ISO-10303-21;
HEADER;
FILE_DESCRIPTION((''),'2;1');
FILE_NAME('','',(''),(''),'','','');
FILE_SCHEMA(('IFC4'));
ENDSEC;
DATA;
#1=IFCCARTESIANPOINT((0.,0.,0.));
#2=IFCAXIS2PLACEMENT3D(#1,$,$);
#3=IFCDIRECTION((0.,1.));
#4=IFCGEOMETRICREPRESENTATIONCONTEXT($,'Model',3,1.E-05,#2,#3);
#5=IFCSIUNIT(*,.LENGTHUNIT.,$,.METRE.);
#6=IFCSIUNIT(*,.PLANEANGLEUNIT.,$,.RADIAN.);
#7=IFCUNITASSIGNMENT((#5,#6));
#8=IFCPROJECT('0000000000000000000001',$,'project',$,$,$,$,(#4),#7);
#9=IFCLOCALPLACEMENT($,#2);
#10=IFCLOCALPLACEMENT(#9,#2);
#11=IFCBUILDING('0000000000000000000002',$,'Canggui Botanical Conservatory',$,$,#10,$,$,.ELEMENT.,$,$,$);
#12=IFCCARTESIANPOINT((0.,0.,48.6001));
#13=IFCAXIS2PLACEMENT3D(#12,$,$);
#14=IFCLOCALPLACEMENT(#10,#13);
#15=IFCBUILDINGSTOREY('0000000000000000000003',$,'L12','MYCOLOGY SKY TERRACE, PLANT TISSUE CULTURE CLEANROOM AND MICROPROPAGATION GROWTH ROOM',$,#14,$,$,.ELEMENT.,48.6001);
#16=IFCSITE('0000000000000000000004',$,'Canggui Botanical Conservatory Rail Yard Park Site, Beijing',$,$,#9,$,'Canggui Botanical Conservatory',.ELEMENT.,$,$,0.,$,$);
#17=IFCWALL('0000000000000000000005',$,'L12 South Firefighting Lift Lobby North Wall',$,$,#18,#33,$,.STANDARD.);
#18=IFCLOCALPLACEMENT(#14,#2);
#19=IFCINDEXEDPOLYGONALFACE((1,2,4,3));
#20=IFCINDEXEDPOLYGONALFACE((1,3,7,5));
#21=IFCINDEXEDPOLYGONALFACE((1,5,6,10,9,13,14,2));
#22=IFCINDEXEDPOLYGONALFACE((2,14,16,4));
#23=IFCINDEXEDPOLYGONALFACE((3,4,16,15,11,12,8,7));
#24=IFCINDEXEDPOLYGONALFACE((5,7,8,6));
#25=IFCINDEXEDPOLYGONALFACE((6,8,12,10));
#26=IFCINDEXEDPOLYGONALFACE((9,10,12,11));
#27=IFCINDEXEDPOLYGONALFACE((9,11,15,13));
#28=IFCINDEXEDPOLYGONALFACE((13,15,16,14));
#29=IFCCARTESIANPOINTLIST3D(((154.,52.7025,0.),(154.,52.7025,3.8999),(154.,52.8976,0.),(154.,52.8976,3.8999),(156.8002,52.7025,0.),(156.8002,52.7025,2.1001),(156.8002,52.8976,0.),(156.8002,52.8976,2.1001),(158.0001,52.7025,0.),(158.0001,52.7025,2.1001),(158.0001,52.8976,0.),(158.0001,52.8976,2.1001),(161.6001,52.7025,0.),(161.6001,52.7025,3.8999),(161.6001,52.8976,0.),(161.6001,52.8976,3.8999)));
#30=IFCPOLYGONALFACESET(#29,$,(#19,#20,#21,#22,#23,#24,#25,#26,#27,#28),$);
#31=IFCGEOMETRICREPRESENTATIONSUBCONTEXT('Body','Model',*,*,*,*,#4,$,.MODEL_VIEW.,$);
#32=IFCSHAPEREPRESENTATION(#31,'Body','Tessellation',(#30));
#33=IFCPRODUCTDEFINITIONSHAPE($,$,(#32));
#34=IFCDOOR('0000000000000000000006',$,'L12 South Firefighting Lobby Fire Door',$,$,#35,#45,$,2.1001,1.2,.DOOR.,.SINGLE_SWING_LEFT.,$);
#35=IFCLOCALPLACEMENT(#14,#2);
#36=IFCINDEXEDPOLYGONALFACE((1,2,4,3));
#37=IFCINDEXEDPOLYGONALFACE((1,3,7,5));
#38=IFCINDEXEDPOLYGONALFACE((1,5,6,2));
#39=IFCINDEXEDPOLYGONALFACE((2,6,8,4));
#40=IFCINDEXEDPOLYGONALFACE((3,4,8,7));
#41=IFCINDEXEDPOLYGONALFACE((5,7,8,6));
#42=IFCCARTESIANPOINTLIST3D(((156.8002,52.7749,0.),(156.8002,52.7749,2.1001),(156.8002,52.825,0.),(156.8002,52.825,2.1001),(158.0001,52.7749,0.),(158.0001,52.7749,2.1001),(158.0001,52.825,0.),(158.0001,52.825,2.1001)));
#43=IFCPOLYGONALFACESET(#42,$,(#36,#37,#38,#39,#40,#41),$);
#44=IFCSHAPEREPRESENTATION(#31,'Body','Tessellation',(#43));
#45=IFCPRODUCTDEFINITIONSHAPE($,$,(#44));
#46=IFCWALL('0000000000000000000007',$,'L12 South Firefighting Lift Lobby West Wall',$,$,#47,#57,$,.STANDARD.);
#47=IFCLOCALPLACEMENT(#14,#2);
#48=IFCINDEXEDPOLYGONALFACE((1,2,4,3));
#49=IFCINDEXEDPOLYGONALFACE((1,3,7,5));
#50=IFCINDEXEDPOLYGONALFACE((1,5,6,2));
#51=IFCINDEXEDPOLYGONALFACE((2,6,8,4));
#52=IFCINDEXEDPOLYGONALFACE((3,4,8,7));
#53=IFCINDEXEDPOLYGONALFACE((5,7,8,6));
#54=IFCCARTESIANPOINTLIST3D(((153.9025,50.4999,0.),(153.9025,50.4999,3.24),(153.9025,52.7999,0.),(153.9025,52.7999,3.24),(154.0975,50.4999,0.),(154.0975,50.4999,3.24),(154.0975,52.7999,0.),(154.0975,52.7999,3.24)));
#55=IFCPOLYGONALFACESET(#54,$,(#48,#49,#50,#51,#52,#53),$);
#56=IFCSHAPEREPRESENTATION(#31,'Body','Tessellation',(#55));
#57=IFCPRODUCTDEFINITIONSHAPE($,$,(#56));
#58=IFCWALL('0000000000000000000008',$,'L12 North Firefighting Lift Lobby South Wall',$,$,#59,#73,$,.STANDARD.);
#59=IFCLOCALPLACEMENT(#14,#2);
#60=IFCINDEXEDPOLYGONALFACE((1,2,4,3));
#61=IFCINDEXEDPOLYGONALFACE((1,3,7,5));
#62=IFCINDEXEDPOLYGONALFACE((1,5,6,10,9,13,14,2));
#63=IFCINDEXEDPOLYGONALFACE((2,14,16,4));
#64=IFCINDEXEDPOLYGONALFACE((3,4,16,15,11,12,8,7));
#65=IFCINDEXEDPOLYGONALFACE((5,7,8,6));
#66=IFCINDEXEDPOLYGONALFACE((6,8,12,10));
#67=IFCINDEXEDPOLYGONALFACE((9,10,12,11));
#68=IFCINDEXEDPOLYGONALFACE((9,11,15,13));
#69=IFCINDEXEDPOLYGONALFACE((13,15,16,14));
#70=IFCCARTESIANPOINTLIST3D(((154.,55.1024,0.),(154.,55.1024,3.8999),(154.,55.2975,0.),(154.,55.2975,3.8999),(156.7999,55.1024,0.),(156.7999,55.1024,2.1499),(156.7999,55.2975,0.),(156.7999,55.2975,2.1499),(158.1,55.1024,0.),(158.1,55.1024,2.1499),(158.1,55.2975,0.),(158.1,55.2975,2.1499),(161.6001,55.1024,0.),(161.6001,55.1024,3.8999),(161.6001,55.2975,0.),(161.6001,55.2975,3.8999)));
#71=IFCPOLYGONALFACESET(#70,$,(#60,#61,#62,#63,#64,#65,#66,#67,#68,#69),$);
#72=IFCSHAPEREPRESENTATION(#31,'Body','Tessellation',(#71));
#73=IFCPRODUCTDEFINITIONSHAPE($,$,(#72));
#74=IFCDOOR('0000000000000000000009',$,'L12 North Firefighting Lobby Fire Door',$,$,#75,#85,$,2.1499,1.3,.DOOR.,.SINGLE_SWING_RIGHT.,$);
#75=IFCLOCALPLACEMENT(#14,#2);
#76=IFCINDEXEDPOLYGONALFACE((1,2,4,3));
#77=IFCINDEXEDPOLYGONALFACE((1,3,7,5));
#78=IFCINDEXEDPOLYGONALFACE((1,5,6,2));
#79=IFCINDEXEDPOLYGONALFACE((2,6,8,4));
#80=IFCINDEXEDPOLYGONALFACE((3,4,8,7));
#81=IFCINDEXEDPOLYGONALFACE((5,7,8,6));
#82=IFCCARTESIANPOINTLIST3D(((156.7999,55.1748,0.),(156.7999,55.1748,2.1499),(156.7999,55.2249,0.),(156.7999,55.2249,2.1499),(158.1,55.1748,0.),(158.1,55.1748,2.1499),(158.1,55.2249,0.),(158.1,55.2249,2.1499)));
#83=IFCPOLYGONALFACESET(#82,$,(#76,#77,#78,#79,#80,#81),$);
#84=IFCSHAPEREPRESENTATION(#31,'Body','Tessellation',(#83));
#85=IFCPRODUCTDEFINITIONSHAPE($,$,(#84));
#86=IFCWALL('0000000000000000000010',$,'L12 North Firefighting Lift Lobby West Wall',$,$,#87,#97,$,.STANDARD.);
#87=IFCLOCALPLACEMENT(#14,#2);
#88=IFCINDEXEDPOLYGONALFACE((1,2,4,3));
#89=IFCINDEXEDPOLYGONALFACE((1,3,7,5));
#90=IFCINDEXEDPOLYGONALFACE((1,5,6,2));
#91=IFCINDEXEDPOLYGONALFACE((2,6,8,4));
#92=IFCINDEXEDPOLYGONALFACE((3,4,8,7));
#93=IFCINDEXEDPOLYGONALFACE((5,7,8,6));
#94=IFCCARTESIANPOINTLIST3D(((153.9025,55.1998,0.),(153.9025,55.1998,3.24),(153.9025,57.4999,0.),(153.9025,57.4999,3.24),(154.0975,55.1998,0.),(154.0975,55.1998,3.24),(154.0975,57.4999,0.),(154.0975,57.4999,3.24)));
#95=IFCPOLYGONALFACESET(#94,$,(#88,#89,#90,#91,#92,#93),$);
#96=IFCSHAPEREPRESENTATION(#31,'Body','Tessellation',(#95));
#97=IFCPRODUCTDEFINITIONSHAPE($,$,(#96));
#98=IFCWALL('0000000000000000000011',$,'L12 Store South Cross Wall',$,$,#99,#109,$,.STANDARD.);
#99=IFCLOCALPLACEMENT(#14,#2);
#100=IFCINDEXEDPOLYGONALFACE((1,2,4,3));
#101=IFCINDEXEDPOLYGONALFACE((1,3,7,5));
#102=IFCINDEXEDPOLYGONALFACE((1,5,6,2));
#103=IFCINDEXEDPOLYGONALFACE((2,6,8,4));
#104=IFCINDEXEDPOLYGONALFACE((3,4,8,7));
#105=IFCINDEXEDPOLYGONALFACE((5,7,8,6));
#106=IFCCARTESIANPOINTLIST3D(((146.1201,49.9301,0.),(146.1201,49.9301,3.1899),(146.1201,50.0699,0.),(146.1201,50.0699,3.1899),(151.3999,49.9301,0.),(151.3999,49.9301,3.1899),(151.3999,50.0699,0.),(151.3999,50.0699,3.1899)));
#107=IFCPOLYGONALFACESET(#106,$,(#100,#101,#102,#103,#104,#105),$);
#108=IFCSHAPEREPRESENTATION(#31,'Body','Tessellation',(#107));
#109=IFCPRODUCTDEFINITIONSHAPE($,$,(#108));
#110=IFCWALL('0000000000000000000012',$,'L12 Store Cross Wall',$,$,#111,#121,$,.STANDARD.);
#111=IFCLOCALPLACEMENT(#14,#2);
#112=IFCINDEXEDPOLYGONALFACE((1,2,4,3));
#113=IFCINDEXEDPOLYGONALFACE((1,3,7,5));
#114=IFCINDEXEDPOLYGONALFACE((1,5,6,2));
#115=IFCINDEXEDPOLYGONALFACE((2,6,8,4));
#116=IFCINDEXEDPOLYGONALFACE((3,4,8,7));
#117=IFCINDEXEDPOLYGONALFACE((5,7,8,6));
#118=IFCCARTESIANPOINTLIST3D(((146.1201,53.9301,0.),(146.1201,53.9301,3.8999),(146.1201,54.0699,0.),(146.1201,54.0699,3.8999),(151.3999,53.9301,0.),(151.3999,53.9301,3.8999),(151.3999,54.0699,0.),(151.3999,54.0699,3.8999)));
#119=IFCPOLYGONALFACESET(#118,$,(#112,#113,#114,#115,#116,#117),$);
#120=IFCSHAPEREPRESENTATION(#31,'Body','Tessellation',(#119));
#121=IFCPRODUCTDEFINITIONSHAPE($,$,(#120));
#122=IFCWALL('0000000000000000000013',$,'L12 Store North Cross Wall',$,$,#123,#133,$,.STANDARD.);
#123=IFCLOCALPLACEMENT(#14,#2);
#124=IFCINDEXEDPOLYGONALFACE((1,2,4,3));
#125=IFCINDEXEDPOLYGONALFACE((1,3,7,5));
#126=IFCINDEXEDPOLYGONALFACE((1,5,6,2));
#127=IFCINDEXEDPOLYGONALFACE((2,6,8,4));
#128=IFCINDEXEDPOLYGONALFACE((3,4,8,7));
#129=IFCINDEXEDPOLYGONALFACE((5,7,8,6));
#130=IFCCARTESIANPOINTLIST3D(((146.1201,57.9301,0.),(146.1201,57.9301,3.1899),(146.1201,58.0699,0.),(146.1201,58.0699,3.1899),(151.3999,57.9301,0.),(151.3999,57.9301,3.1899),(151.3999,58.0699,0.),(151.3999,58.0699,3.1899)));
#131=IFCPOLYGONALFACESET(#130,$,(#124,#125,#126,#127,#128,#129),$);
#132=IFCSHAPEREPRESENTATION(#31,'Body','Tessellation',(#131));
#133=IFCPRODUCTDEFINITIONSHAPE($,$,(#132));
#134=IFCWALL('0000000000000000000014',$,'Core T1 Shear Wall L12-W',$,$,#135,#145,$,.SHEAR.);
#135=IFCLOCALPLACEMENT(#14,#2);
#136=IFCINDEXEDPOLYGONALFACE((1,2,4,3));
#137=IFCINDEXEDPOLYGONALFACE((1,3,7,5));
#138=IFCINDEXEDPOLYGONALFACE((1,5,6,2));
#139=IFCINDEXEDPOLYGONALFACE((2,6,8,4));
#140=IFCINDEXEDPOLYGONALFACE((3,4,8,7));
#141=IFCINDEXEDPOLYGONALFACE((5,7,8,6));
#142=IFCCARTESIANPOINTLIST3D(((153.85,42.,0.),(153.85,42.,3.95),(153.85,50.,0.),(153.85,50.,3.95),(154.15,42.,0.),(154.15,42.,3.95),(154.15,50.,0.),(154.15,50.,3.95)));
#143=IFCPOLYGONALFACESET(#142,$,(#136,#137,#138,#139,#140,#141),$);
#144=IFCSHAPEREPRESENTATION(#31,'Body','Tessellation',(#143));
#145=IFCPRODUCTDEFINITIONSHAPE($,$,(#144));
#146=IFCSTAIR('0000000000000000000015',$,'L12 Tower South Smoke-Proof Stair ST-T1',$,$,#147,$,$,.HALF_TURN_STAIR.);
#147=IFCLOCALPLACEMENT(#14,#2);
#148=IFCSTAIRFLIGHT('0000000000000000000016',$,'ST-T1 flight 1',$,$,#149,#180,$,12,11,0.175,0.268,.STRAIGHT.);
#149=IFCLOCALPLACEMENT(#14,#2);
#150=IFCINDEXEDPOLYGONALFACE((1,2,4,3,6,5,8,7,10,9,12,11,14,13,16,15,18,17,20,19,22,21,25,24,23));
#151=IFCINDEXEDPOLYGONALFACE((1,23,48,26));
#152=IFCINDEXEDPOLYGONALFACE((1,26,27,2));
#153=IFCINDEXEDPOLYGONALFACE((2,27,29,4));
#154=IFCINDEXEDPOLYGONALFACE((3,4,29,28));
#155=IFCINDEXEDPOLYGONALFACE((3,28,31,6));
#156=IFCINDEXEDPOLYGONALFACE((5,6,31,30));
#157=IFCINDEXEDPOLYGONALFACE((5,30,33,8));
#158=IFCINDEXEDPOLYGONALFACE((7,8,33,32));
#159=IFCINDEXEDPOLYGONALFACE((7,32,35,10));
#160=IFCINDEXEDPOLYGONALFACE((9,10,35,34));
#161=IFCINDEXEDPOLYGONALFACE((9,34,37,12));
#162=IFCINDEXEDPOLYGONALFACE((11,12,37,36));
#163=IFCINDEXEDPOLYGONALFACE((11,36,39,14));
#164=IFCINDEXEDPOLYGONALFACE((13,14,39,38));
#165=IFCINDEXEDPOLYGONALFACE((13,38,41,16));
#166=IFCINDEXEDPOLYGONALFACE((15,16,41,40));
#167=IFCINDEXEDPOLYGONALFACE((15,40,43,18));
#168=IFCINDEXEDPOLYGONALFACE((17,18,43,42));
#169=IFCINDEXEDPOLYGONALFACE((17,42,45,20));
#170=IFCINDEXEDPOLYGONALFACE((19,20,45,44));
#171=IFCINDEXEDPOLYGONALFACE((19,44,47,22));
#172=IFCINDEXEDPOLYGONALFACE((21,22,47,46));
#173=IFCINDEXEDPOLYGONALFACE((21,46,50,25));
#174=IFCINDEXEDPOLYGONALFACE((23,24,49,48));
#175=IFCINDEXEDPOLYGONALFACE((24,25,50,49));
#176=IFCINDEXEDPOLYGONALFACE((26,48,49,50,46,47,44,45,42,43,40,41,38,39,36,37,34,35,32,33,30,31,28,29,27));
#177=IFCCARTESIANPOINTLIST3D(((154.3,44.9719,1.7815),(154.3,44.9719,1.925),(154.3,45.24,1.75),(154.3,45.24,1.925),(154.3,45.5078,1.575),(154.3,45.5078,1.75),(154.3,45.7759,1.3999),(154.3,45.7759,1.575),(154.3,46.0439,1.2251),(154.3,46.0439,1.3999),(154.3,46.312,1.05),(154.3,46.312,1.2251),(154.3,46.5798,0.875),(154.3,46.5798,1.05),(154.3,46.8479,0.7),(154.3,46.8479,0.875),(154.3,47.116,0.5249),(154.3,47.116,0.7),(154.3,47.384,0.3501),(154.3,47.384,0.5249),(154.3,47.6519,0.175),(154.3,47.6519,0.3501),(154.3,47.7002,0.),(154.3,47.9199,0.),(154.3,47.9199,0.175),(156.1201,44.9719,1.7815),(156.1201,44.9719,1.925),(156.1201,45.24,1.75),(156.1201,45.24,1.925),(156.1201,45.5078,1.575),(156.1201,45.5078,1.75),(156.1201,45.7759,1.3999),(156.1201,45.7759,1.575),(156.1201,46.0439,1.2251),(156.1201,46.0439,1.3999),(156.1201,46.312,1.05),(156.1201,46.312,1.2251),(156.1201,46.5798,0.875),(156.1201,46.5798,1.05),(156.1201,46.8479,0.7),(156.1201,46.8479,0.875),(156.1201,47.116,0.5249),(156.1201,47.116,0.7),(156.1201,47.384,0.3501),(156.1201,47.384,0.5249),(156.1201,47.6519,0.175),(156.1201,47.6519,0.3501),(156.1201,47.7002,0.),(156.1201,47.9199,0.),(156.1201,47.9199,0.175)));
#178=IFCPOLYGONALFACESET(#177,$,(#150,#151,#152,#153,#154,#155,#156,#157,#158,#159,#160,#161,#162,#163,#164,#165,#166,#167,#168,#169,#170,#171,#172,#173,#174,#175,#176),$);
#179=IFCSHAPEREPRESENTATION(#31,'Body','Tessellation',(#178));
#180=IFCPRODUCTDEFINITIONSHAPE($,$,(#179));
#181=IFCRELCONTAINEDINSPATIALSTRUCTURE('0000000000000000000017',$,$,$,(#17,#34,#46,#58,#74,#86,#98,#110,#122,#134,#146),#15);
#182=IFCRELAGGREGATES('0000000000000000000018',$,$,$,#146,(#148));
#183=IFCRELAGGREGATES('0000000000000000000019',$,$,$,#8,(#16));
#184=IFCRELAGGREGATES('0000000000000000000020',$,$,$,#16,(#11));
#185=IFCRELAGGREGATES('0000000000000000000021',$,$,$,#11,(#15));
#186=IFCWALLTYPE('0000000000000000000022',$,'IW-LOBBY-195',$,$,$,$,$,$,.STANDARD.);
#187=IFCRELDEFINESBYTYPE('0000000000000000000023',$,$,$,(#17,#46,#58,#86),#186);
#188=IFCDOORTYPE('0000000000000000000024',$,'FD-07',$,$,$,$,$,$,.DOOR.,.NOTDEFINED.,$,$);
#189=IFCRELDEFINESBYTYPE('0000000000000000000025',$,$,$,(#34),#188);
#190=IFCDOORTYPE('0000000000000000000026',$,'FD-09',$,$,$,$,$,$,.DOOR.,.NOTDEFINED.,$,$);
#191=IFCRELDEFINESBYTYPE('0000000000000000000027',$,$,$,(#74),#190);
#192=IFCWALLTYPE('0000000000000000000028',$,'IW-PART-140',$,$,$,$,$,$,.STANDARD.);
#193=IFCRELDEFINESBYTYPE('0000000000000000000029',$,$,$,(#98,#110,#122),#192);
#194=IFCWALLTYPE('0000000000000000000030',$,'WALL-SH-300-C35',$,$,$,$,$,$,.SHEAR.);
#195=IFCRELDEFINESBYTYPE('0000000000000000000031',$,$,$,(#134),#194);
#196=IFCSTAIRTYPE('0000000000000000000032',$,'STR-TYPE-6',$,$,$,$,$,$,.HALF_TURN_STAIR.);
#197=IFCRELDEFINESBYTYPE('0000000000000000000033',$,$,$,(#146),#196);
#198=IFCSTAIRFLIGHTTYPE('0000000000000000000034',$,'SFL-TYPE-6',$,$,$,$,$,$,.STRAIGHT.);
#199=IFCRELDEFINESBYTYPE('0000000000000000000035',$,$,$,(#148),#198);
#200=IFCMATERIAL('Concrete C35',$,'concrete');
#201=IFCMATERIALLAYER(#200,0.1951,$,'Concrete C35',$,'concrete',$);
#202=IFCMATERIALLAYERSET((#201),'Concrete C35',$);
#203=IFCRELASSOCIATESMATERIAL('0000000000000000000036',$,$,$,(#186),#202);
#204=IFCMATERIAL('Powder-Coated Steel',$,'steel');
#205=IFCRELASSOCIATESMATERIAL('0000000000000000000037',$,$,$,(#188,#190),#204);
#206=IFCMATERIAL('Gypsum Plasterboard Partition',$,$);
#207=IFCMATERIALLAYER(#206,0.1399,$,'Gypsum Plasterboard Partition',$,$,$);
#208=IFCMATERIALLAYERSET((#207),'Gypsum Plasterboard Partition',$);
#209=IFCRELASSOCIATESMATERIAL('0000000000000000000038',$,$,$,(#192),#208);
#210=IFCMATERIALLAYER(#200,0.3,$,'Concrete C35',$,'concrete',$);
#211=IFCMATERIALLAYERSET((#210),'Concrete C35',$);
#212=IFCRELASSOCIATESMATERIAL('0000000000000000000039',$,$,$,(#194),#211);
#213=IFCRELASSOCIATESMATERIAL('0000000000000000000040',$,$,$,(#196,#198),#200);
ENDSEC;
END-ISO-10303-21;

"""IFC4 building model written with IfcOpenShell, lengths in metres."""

from ifc_helpers import new_model, si_unit, direction, frame, frame_2d, origin, place, context, subcontext, project, spatial, polyline, rectangle, outline, extrude, material, layer, layer_set, type_object, element, fill, aggregate, save


model = new_model("IFC4")

# Units and contexts
model_context = context("Model", 3, precision=1e-05, world=origin(), true_north=direction((0.0, 1.0)))
body_context = subcontext(model_context, "Body", "Model", "MODEL_VIEW")
ifc_project = project(units=[si_unit("LENGTHUNIT", "METRE"), si_unit("PLANEANGLEUNIT", "RADIAN")], contexts=[model_context])

# Site, building, storey
site_placement = place(None, origin())
site = spatial("IfcSite", under=ifc_project, at=site_placement, Name="Canggui Botanical Conservatory Rail Yard Park Site, Beijing", LongName="Canggui Botanical Conservatory", CompositionType="ELEMENT", RefElevation=0.0)
building_placement = place(site_placement, origin())
building = spatial("IfcBuilding", under=site, at=building_placement, Name="Canggui Botanical Conservatory", CompositionType="ELEMENT")
storey_placement = place(building_placement, frame((0.0, 0.0, 48.6001)))
storey = spatial("IfcBuildingStorey", under=building, at=storey_placement, Name="L12", Description="MYCOLOGY SKY TERRACE, PLANT TISSUE CULTURE CLEANROOM AND MICROPROPAGATION GROWTH ROOM", CompositionType="ELEMENT", Elevation=48.6001)

# Shared definitions
ifc_material_1 = material(Name="Concrete C35", Category="concrete")

# Wall, opening, door
ifc_material_2 = material(Name="Gypsum Plasterboard Partition")
ifc_material_3 = material(Name="Powder-Coated Steel", Category="steel")
ifc_layer_1 = layer(ifc_material_1, 0.1951, Name="Concrete C35", Category="concrete")
ifc_layer_set_1 = layer_set([ifc_layer_1], Name="Concrete C35")
wall_type_1 = type_object("IfcWallType", Name="IW-LOBBY-195", PredefinedType="STANDARD", material=ifc_layer_set_1)
wall_1_placement = place(storey_placement, frame((154.0, 52.8, 0.0), z_axis=(0.0, 0.0, 1.0), x_axis=(1.0, 0.0, 0.0)))
wall_1 = element("IfcWall", 1, at=wall_1_placement, inside=storey, type_object=wall_type_1, Name="L12 South Firefighting Lift Lobby North Wall", PredefinedType="STANDARD", context=body_context, shape_type="SweptSolid", body=[
    extrude(rectangle(XDim=7.6001, YDim=0.1951, at=frame_2d((3.8, 0.0))), origin(), (0.0, 0.0, 1.0), 3.8999),
])
opening_1_placement = place(wall_1_placement, frame((2.8, 0.0, 0.0)))
opening_1 = element("IfcOpeningElement", 2, at=opening_1_placement, cuts=wall_1, PredefinedType="OPENING", context=body_context, shape_type="SweptSolid", body=[
    extrude(rectangle(XDim=1.2, YDim=2.1001, at=frame_2d((0.6001, 1.05))), frame((0.0, 0.1074, 0.0), z_axis=(0.0, -1.0, 0.0), x_axis=(1.0, 0.0, 0.0)), (0.0, 0.0, 1.0), 0.2151),
])
door_type_1 = type_object("IfcDoorType", Name="FD-07", OperationType="NOTDEFINED", PredefinedType="DOOR", material=ifc_material_3)
door_1_placement = place(opening_1_placement, origin())
door_1 = element("IfcDoor", 3, at=door_1_placement, inside=storey, type_object=door_type_1, Name="L12 South Firefighting Lobby Fire Door", OperationType="SINGLE_SWING_LEFT", OverallHeight=2.1001, OverallWidth=1.2, PredefinedType="DOOR", context=body_context, shape_type="SweptSolid", body=[
    extrude(rectangle(XDim=1.2, YDim=2.1001, at=frame_2d((0.6001, 1.05))), frame((0.0, 0.0249, 0.0), z_axis=(0.0, -1.0, 0.0), x_axis=(1.0, 0.0, 0.0)), (0.0, 0.0, 1.0), 0.05),
])
fill(opening_1, door_1)

# Wall
wall_2_placement = place(storey_placement, frame((154.0, 50.5, 0.0), z_axis=(0.0, 0.0, 1.0), x_axis=(0.0, 1.0, 0.0)))
element("IfcWall", 4, at=wall_2_placement, inside=storey, type_object=wall_type_1, Name="L12 South Firefighting Lift Lobby West Wall", PredefinedType="STANDARD", context=body_context, shape_type="SweptSolid", body=[
    extrude(rectangle(XDim=2.3, YDim=0.1951, at=frame_2d((1.1499, 0.0))), origin(), (0.0, 0.0, 1.0), 3.24),
])

# Wall, opening, door
wall_3_placement = place(storey_placement, frame((154.0, 55.2, 0.0), z_axis=(0.0, 0.0, 1.0), x_axis=(1.0, 0.0, 0.0)))
wall_3 = element("IfcWall", 5, at=wall_3_placement, inside=storey, type_object=wall_type_1, Name="L12 North Firefighting Lift Lobby South Wall", PredefinedType="STANDARD", context=body_context, shape_type="SweptSolid", body=[
    extrude(rectangle(XDim=7.6001, YDim=0.1951, at=frame_2d((3.8, 0.0))), origin(), (0.0, 0.0, 1.0), 3.8999),
])
opening_2_placement = place(wall_3_placement, frame((2.8, 0.0, 0.0)))
opening_2 = element("IfcOpeningElement", 6, at=opening_2_placement, cuts=wall_3, PredefinedType="OPENING", context=body_context, shape_type="SweptSolid", body=[
    extrude(rectangle(XDim=1.3, YDim=2.1499, at=frame_2d((0.6499, 1.075))), frame((0.0, 0.1074, 0.0), z_axis=(0.0, -1.0, 0.0), x_axis=(1.0, 0.0, 0.0)), (0.0, 0.0, 1.0), 0.2151),
])
door_type_2 = type_object("IfcDoorType", Name="FD-09", OperationType="NOTDEFINED", PredefinedType="DOOR", material=ifc_material_3)
door_2_placement = place(opening_2_placement, origin())
door_2 = element("IfcDoor", 7, at=door_2_placement, inside=storey, type_object=door_type_2, Name="L12 North Firefighting Lobby Fire Door", OperationType="SINGLE_SWING_RIGHT", OverallHeight=2.1499, OverallWidth=1.3, PredefinedType="DOOR", context=body_context, shape_type="SweptSolid", body=[
    extrude(rectangle(XDim=1.3, YDim=2.1499, at=frame_2d((0.6499, 1.075))), frame((0.0, 0.0249, 0.0), z_axis=(0.0, -1.0, 0.0), x_axis=(1.0, 0.0, 0.0)), (0.0, 0.0, 1.0), 0.05),
])
fill(opening_2, door_2)

# Walls
wall_4_placement = place(storey_placement, frame((154.0, 55.2, 0.0), z_axis=(0.0, 0.0, 1.0), x_axis=(0.0, 1.0, 0.0)))
element("IfcWall", 8, at=wall_4_placement, inside=storey, type_object=wall_type_1, Name="L12 North Firefighting Lift Lobby West Wall", PredefinedType="STANDARD", context=body_context, shape_type="SweptSolid", body=[
    extrude(rectangle(XDim=2.3, YDim=0.1951, at=frame_2d((1.1499, 0.0))), origin(), (0.0, 0.0, 1.0), 3.24),
])
ifc_layer_2 = layer(ifc_material_2, 0.1399, Name="Gypsum Plasterboard Partition")
ifc_layer_set_2 = layer_set([ifc_layer_2], Name="Gypsum Plasterboard Partition")
wall_type_2 = type_object("IfcWallType", Name="IW-PART-140", PredefinedType="STANDARD", material=ifc_layer_set_2)
wall_5_placement = place(storey_placement, frame((146.1201, 50.0, 0.0), z_axis=(0.0, 0.0, 1.0), x_axis=(1.0, 0.0, 0.0)))
element("IfcWall", 9, at=wall_5_placement, inside=storey, type_object=wall_type_2, Name="L12 Store South Cross Wall", PredefinedType="STANDARD", context=body_context, shape_type="SweptSolid", body=[
    extrude(rectangle(XDim=5.2798, YDim=0.1399, at=frame_2d((2.6399, 0.0))), origin(), (0.0, 0.0, 1.0), 3.1899),
])
wall_6_placement = place(storey_placement, frame((146.1201, 54.0, 0.0), z_axis=(0.0, 0.0, 1.0), x_axis=(1.0, 0.0, 0.0)))
element("IfcWall", 10, at=wall_6_placement, inside=storey, type_object=wall_type_2, Name="L12 Store Cross Wall", PredefinedType="STANDARD", context=body_context, shape_type="SweptSolid", body=[
    extrude(rectangle(XDim=5.2798, YDim=0.1399, at=frame_2d((2.6399, 0.0))), origin(), (0.0, 0.0, 1.0), 3.8999),
])
wall_7_placement = place(storey_placement, frame((146.1201, 58.0, 0.0), z_axis=(0.0, 0.0, 1.0), x_axis=(1.0, 0.0, 0.0)))
element("IfcWall", 11, at=wall_7_placement, inside=storey, type_object=wall_type_2, Name="L12 Store North Cross Wall", PredefinedType="STANDARD", context=body_context, shape_type="SweptSolid", body=[
    extrude(rectangle(XDim=5.2798, YDim=0.1399, at=frame_2d((2.6399, 0.0))), origin(), (0.0, 0.0, 1.0), 3.1899),
])
ifc_layer_3 = layer(ifc_material_1, 0.3, Name="Concrete C35", Category="concrete")
ifc_layer_set_3 = layer_set([ifc_layer_3], Name="Concrete C35")
wall_type_3 = type_object("IfcWallType", Name="WALL-SH-300-C35", PredefinedType="SHEAR", material=ifc_layer_set_3)
wall_8_placement = place(storey_placement, frame((154.0, 50.0, 0.0), z_axis=(0.0, 0.0, 1.0), x_axis=(0.0, -1.0, 0.0)))
element("IfcWall", 12, at=wall_8_placement, inside=storey, type_object=wall_type_3, Name="Core T1 Shear Wall L12-W", PredefinedType="SHEAR", context=body_context, shape_type="SweptSolid", body=[
    extrude(rectangle(XDim=8.0, YDim=0.3, at=frame_2d((4.0, 0.0))), origin(), (0.0, 0.0, 1.0), 3.95),
])

# Stair, stair flight
stair_type = type_object("IfcStairType", Name="STR-TYPE-6", PredefinedType="HALF_TURN_STAIR", material=ifc_material_1)
stair_placement = place(storey_placement, origin())
stair = element("IfcStair", 13, at=stair_placement, inside=storey, type_object=stair_type, Name="L12 Tower South Smoke-Proof Stair ST-T1", PredefinedType="HALF_TURN_STAIR")
stair_flight_type = type_object("IfcStairFlightType", Name="SFL-TYPE-6", PredefinedType="STRAIGHT", material=ifc_material_1)
stair_flight_1_placement = place(storey_placement, frame((155.21, 47.9199, 0.0), z_axis=(0.0, 0.0, 1.0), x_axis=(0.0, -1.0, 0.0)))
stair_flight_1 = element("IfcStairFlight", 14, at=stair_flight_1_placement, type_object=stair_flight_type, Name="ST-T1 flight 1", NumberOfRisers=12, NumberOfTreads=11, PredefinedType="STRAIGHT", RiserHeight=0.175, TreadLength=0.268, context=body_context, shape_type="SweptSolid", body=[
    extrude(outline(polyline([(0.0, 0.0), (0.0, 0.175), (0.2681, 0.175), (0.2681, 0.3501), (0.5359, 0.3501), (0.5359, 0.5249), (0.804, 0.5249), (0.804, 0.7), (1.072, 0.7), (1.072, 0.875), (1.3401, 0.875), (1.3401, 1.05), (1.6079, 1.05), (1.6079, 1.2251), (1.876, 1.2251), (1.876, 1.3999), (2.144, 1.3999), (2.144, 1.575), (2.4121, 1.575), (2.4121, 1.75), (2.6799, 1.75), (2.6799, 1.925), (2.948, 1.925), (2.948, 2.1001), (2.948, 1.7815), (0.2197, 0.0), (0.0, 0.0)])), frame((0.0, 0.9102, 0.0), z_axis=(0.0, -1.0, 0.0), x_axis=(1.0, 0.0, 0.0)), (0.0, 0.0, 1.0), 1.8201),
])
aggregate(stair, [stair_flight_1])

save(model, "model.ifc")
